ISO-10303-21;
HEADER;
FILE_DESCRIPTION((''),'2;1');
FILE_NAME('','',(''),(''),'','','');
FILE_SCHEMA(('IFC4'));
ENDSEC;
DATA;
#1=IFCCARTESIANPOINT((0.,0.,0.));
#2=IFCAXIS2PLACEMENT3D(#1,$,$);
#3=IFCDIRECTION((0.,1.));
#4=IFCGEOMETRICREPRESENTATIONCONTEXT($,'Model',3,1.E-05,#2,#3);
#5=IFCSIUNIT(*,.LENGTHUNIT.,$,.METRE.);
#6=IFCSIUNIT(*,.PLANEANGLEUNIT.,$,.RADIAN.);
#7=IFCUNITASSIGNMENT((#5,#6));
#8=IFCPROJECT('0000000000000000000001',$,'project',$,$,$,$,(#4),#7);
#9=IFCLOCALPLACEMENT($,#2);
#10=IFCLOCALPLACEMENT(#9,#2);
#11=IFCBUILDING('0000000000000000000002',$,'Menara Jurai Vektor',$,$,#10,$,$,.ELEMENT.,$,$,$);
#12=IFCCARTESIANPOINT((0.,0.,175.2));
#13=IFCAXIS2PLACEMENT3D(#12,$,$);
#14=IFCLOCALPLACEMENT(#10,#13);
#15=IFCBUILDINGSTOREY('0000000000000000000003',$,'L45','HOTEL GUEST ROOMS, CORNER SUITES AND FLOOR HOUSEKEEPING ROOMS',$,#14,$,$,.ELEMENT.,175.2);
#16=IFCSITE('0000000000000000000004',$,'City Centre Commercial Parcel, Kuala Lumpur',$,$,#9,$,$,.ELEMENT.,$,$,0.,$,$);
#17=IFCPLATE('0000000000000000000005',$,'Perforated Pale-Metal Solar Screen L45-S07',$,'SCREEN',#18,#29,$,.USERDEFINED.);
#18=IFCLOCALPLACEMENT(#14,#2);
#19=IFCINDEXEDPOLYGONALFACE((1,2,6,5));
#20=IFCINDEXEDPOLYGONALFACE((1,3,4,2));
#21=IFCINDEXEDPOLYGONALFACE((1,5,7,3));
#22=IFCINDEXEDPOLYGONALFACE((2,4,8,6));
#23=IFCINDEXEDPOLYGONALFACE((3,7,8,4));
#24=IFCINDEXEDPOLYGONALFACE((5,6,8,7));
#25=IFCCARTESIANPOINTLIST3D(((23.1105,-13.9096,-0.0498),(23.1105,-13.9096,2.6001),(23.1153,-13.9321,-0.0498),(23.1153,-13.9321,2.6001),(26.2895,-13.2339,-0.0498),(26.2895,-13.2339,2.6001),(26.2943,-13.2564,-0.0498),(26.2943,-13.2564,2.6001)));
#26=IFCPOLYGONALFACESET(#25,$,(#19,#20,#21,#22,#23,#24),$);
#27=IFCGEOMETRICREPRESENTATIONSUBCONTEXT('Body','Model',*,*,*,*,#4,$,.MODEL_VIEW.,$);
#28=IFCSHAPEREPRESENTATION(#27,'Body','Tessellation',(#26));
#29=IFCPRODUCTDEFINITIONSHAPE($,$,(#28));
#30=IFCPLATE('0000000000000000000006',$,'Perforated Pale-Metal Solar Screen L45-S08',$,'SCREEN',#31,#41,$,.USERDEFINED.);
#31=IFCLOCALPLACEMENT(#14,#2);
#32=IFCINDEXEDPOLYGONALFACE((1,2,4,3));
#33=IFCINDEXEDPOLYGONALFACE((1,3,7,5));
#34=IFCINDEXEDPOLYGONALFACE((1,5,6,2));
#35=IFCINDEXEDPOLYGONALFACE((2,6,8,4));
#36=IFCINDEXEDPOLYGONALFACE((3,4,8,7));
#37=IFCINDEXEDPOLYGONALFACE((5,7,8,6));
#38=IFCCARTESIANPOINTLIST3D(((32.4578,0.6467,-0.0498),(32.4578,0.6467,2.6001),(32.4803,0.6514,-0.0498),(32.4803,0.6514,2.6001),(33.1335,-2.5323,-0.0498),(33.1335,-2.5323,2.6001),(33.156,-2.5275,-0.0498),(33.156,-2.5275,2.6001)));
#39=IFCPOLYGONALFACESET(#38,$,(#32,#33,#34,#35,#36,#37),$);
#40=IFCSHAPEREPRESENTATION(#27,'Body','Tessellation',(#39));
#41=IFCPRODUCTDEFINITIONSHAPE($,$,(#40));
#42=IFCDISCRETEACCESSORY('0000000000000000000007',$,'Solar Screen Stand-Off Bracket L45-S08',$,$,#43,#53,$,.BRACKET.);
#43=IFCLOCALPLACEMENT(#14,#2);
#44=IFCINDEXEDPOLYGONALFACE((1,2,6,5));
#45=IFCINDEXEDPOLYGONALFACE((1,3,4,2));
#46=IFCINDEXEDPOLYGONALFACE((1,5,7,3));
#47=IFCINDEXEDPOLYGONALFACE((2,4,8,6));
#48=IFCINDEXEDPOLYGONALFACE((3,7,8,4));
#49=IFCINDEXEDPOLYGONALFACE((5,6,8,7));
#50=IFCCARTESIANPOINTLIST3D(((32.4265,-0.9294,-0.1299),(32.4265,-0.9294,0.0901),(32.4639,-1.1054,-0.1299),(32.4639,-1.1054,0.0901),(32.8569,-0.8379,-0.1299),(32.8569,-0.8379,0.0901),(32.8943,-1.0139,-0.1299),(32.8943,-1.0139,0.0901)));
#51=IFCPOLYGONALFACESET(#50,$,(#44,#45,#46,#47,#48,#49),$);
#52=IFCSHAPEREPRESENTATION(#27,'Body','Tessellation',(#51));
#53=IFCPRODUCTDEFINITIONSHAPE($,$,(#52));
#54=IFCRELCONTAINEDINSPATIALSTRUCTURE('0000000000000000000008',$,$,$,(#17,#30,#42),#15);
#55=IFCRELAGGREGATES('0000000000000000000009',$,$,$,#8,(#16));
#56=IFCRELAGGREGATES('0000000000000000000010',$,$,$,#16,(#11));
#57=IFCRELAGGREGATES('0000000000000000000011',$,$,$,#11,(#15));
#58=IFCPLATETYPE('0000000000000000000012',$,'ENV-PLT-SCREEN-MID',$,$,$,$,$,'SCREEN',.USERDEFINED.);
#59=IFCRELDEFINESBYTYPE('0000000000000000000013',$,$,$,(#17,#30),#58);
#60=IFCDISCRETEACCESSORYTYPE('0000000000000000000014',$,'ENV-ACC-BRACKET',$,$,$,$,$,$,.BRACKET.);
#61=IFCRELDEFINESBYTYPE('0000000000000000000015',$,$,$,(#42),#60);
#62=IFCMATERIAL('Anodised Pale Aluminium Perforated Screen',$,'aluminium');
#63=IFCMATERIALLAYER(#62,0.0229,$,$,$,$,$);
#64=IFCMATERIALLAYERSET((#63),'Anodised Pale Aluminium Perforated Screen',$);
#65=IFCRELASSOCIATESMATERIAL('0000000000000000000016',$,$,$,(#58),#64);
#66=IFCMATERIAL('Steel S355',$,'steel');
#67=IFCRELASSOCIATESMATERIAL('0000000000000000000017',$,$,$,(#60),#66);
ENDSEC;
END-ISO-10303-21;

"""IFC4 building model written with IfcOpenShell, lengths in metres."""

from ifc_helpers import new_model, si_unit, direction, frame, origin, origin_2d, place, context, subcontext, project, spatial, rectangle, extrude, material, layer, layer_set, type_object, element, save


model = new_model("IFC4")

# Units and contexts
model_context = context("Model", 3, precision=1e-05, world=origin(), true_north=direction((0.0, 1.0)))
body_context = subcontext(model_context, "Body", "Model", "MODEL_VIEW")
ifc_project = project(units=[si_unit("LENGTHUNIT", "METRE"), si_unit("PLANEANGLEUNIT", "RADIAN")], contexts=[model_context])

# Site, building, storey
site_placement = place(None, origin())
site = spatial("IfcSite", under=ifc_project, at=site_placement, Name="City Centre Commercial Parcel, Kuala Lumpur", CompositionType="ELEMENT", RefElevation=0.0)
building_placement = place(site_placement, origin())
building = spatial("IfcBuilding", under=site, at=building_placement, Name="Menara Jurai Vektor", CompositionType="ELEMENT")
storey_placement = place(building_placement, frame((0.0, 0.0, 175.2)))
storey = spatial("IfcBuildingStorey", under=building, at=storey_placement, Name="L45", Description="HOTEL GUEST ROOMS, CORNER SUITES AND FLOOR HOUSEKEEPING ROOMS", CompositionType="ELEMENT", Elevation=175.2)

# Shared definitions
ifc_material_1 = material(Name="Steel S355", Category="steel")

# Plates
ifc_material_2 = material(Name="Anodised Pale Aluminium Perforated Screen", Category="aluminium")
ifc_layer_1 = layer(ifc_material_2, 0.0229)
ifc_layer_set_1 = layer_set([ifc_layer_1], Name="Anodised Pale Aluminium Perforated Screen")
plate_type_1 = type_object("IfcPlateType", Name="ENV-PLT-SCREEN-MID", ElementType="SCREEN", PredefinedType="USERDEFINED", material=ifc_layer_set_1)
for number, where, z_axis, x_axis, name in (
    (1, (24.7024, -13.583, -0.0498), (0.0, 0.0, 1.0), (0.978148, 0.207912, 0.0), "Perforated Pale-Metal Solar Screen L45-S07"),
    (2, (32.8069, -0.9404, -0.0498), (0.0, 0.0, 1.0), (-0.207912, 0.978148, 0.0), "Perforated Pale-Metal Solar Screen L45-S08"),
):
    element("IfcPlate", number, at=place(storey_placement, frame(where, z_axis=z_axis, x_axis=x_axis)), inside=storey, type_object=plate_type_1, Name=name, ObjectType="SCREEN", PredefinedType="USERDEFINED", context=body_context, shape_type="SweptSolid", body=[
        extrude(rectangle(XDim=3.25, YDim=0.0229, at=origin_2d()), origin(), (0.0, 0.0, 1.0), 2.6499),
    ])

# Discrete accessory
discrete_accessory_type = type_object("IfcDiscreteAccessoryType", Name="ENV-ACC-BRACKET", PredefinedType="BRACKET", material=ifc_material_1)
discrete_accessory_placement = place(storey_placement, frame((32.6604, -0.9717, -0.1299), z_axis=(0.0, 0.0, 1.0), x_axis=(-0.207912, 0.978148, 0.0)))
element("IfcDiscreteAccessory", 3, at=discrete_accessory_placement, inside=storey, type_object=discrete_accessory_type, Name="Solar Screen Stand-Off Bracket L45-S08", PredefinedType="BRACKET", context=body_context, shape_type="SweptSolid", body=[
    extrude(rectangle(XDim=0.1799, YDim=0.4399, at=origin_2d()), origin(), (0.0, 0.0, 1.0), 0.22),
])

save(model, "model.ifc")
